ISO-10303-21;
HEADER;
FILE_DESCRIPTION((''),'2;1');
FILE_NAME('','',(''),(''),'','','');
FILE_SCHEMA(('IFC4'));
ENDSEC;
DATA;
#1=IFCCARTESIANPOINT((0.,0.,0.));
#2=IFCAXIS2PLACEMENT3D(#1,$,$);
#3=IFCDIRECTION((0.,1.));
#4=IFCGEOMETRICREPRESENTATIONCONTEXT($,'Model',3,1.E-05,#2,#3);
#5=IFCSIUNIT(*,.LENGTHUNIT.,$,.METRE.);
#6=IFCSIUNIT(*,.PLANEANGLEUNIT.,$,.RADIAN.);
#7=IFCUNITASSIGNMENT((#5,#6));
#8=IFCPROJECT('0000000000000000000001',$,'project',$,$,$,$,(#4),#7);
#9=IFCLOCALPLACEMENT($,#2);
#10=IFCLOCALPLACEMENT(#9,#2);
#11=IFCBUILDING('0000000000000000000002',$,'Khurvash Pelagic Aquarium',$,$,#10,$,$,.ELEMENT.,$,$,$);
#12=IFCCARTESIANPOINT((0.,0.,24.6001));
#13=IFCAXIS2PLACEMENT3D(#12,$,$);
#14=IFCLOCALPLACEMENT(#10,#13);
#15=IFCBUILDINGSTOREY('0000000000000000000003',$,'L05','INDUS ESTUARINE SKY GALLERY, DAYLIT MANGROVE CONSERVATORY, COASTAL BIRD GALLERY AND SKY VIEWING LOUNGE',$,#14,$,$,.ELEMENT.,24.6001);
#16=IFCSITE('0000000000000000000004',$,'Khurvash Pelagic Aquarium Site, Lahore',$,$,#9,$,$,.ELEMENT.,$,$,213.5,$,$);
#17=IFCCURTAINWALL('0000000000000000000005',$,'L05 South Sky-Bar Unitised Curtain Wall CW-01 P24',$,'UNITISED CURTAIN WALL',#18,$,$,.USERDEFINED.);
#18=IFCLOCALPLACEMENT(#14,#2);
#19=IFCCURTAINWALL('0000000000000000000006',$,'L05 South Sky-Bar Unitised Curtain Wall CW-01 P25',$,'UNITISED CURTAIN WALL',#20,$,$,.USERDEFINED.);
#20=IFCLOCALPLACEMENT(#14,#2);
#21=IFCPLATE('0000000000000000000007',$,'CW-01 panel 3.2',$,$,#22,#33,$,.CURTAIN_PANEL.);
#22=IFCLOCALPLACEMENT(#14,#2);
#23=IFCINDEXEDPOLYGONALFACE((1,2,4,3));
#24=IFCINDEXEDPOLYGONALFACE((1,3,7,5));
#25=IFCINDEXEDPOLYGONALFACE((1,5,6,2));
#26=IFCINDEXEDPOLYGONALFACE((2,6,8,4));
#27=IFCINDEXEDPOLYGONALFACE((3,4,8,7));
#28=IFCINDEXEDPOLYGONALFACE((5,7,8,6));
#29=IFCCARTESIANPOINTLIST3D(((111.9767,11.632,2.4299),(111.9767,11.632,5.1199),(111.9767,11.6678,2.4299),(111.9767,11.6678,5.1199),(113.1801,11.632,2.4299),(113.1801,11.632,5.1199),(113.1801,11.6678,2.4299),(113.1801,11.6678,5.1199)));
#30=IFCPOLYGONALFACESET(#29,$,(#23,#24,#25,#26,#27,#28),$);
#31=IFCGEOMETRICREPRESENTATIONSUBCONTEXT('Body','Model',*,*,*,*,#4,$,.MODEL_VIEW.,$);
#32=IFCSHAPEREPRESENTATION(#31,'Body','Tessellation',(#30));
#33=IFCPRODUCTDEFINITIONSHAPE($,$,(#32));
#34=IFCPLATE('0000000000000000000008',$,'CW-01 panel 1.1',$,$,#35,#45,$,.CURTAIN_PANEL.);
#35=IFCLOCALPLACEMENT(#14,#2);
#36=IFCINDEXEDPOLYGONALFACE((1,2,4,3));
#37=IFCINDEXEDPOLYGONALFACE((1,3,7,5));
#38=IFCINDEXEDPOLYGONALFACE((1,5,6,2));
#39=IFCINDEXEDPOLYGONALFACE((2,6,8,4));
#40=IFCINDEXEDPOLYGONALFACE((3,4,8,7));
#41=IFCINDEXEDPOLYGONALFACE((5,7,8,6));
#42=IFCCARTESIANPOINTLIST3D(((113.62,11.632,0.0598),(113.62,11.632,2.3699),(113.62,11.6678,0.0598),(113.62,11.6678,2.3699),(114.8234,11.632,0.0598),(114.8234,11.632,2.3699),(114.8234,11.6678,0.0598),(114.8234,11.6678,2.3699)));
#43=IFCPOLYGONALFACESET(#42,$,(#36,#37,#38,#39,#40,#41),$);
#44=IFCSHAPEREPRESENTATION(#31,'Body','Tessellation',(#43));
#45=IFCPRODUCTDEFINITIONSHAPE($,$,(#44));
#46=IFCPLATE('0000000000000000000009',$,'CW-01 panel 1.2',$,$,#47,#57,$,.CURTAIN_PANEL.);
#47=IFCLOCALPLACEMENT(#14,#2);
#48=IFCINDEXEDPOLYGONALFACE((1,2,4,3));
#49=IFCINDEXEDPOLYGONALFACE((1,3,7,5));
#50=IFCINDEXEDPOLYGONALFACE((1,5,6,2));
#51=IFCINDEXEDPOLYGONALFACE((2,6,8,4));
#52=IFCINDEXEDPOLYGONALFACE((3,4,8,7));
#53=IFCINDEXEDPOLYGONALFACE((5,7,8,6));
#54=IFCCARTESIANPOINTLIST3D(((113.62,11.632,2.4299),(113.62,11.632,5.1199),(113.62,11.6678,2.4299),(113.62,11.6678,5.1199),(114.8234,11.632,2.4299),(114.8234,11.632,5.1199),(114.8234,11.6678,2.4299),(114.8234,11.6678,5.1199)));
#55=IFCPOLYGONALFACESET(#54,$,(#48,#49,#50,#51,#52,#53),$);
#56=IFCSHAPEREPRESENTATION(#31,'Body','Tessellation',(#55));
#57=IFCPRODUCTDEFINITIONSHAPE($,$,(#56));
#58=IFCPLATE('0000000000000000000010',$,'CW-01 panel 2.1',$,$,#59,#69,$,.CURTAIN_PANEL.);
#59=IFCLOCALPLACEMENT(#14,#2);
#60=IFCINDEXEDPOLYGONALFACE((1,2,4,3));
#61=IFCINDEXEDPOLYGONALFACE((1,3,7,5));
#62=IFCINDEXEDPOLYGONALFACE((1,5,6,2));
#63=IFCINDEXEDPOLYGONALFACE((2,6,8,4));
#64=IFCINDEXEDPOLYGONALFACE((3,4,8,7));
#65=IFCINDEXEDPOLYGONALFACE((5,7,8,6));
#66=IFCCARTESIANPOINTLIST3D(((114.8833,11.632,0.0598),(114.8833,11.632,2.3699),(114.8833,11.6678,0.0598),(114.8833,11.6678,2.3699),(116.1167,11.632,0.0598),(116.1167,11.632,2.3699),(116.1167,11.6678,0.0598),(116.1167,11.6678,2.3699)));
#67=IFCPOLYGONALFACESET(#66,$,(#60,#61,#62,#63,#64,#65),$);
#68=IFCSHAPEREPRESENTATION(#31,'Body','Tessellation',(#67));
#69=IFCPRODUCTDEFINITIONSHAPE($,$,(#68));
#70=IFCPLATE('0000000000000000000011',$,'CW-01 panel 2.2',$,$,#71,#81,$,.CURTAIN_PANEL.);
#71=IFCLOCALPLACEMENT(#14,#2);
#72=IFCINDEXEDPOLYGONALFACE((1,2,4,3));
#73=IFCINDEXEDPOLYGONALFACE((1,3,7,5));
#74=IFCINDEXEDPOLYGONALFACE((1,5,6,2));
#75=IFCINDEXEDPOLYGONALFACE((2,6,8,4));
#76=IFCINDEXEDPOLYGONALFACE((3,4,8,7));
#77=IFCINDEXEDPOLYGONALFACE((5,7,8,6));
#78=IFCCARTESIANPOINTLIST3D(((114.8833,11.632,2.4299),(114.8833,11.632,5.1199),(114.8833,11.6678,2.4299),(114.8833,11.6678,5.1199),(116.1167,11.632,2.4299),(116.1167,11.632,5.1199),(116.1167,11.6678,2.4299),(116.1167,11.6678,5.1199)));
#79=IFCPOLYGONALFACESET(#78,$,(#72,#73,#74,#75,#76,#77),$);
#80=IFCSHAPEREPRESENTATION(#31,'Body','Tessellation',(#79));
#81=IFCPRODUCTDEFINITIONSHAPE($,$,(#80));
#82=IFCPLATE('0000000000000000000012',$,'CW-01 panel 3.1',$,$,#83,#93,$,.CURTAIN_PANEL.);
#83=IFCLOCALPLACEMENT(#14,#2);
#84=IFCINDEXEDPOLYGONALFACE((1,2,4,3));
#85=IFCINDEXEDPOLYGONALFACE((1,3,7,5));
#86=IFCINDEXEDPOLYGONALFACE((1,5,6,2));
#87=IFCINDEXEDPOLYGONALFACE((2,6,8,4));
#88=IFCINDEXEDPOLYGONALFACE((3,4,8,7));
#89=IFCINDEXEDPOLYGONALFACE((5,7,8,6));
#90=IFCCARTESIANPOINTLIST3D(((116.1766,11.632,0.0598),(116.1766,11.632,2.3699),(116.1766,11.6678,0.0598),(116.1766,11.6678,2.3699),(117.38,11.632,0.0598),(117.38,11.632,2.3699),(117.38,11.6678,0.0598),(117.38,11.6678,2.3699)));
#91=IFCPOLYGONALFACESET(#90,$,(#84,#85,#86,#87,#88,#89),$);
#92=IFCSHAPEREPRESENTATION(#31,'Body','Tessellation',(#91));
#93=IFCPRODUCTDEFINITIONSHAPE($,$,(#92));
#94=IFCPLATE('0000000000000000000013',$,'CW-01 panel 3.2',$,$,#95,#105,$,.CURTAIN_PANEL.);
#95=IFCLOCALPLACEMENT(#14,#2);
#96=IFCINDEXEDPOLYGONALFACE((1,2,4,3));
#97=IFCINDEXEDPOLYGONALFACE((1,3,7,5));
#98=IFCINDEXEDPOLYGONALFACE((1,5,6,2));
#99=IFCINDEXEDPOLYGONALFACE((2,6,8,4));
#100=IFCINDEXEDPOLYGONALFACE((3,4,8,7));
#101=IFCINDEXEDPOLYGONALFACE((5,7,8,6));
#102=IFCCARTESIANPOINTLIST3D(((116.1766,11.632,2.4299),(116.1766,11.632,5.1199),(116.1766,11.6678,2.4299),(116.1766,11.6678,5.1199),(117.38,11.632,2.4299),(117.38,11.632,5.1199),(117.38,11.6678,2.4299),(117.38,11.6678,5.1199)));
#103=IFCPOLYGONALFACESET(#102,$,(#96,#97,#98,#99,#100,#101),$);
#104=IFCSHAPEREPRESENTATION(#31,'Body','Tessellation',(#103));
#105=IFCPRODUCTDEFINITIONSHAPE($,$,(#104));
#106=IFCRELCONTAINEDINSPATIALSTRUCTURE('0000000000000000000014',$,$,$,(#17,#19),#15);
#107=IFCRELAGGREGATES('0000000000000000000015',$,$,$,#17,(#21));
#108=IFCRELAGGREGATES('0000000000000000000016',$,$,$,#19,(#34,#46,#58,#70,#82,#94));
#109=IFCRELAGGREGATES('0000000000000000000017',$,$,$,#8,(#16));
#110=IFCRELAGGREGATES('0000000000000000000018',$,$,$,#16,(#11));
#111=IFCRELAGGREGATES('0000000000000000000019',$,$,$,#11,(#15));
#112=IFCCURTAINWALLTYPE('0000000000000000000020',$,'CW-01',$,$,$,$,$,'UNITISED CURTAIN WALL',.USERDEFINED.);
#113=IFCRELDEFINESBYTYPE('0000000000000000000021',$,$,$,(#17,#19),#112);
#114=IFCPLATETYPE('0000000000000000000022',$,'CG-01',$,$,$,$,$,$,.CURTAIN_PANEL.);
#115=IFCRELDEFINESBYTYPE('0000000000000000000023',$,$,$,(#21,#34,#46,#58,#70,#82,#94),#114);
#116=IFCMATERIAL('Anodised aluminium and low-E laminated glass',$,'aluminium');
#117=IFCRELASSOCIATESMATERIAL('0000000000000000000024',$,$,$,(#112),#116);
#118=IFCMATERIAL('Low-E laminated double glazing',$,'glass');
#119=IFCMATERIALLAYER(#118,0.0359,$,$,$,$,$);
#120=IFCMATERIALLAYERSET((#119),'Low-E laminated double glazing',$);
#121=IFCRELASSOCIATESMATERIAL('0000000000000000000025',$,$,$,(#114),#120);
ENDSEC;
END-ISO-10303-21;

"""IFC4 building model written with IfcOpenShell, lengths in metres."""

from ifc_helpers import new_model, si_unit, direction, frame, origin, origin_2d, place, context, subcontext, project, spatial, rectangle, extrude, material, layer, layer_set, type_object, element, aggregate, save


model = new_model("IFC4")

# Units and contexts
model_context = context("Model", 3, precision=1e-05, world=origin(), true_north=direction((0.0, 1.0)))
body_context = subcontext(model_context, "Body", "Model", "MODEL_VIEW")
ifc_project = project(units=[si_unit("LENGTHUNIT", "METRE"), si_unit("PLANEANGLEUNIT", "RADIAN")], contexts=[model_context])

# Site, building, storey
site_placement = place(None, origin())
site = spatial("IfcSite", under=ifc_project, at=site_placement, Name="Khurvash Pelagic Aquarium Site, Lahore", CompositionType="ELEMENT", RefElevation=213.5)
building_placement = place(site_placement, origin())
building = spatial("IfcBuilding", under=site, at=building_placement, Name="Khurvash Pelagic Aquarium", CompositionType="ELEMENT")
storey_placement = place(building_placement, frame((0.0, 0.0, 24.6001)))
storey = spatial("IfcBuildingStorey", under=building, at=storey_placement, Name="L05", Description="INDUS ESTUARINE SKY GALLERY, DAYLIT MANGROVE CONSERVATORY, COASTAL BIRD GALLERY AND SKY VIEWING LOUNGE", CompositionType="ELEMENT", Elevation=24.6001)

# Curtain wall
ifc_material_1 = material(Name="Anodised aluminium and low-E laminated glass", Category="aluminium")
curtain_wall_type = type_object("IfcCurtainWallType", Name="CW-01", ElementType="UNITISED CURTAIN WALL", PredefinedType="USERDEFINED", material=ifc_material_1)
curtain_wall_1_placement = place(storey_placement, origin())
curtain_wall_1 = element("IfcCurtainWall", 1, at=curtain_wall_1_placement, inside=storey, type_object=curtain_wall_type, Name="L05 South Sky-Bar Unitised Curtain Wall CW-01 P24", ObjectType="UNITISED CURTAIN WALL", PredefinedType="USERDEFINED")

# Curtain wall
curtain_wall_2_placement = place(storey_placement, origin())
curtain_wall_2 = element("IfcCurtainWall", 2, at=curtain_wall_2_placement, inside=storey, type_object=curtain_wall_type, Name="L05 South Sky-Bar Unitised Curtain Wall CW-01 P25", ObjectType="UNITISED CURTAIN WALL", PredefinedType="USERDEFINED")

# Plates
ifc_material_2 = material(Name="Low-E laminated double glazing", Category="glass")
ifc_layer = layer(ifc_material_2, 0.0359)
ifc_layer_set = layer_set([ifc_layer], Name="Low-E laminated double glazing")
plate_type = type_object("IfcPlateType", Name="CG-01", PredefinedType="CURTAIN_PANEL", material=ifc_layer_set)
plate_1_placement = place(storey_placement, frame((112.5784, 11.6499, 2.4299), z_axis=(0.0, 0.0, 1.0), x_axis=(1.0, 0.0, 0.0)))
plate_1 = element("IfcPlate", 3, at=plate_1_placement, type_object=plate_type, Name="CW-01 panel 3.2", PredefinedType="CURTAIN_PANEL", context=body_context, shape_type="SweptSolid", body=[
    extrude(rectangle(XDim=1.2034, YDim=0.0359, at=origin_2d()), origin(), (0.0, 0.0, 1.0), 2.6899),
])
aggregate(curtain_wall_1, [plate_1])
plate_2_placement = place(storey_placement, frame((114.2217, 11.6499, 0.0598), z_axis=(0.0, 0.0, 1.0), x_axis=(1.0, 0.0, 0.0)))
plate_2 = element("IfcPlate", 4, at=plate_2_placement, type_object=plate_type, Name="CW-01 panel 1.1", PredefinedType="CURTAIN_PANEL", context=body_context, shape_type="SweptSolid", body=[
    extrude(rectangle(XDim=1.2034, YDim=0.0359, at=origin_2d()), origin(), (0.0, 0.0, 1.0), 2.3101),
])
plate_3_placement = place(storey_placement, frame((114.2217, 11.6499, 2.4299), z_axis=(0.0, 0.0, 1.0), x_axis=(1.0, 0.0, 0.0)))
plate_3 = element("IfcPlate", 5, at=plate_3_placement, type_object=plate_type, Name="CW-01 panel 1.2", PredefinedType="CURTAIN_PANEL", context=body_context, shape_type="SweptSolid", body=[
    extrude(rectangle(XDim=1.2034, YDim=0.0359, at=origin_2d()), origin(), (0.0, 0.0, 1.0), 2.6899),
])
plate_4_placement = place(storey_placement, frame((115.5, 11.6499, 0.0598), z_axis=(0.0, 0.0, 1.0), x_axis=(1.0, 0.0, 0.0)))
plate_4 = element("IfcPlate", 6, at=plate_4_placement, type_object=plate_type, Name="CW-01 panel 2.1", PredefinedType="CURTAIN_PANEL", context=body_context, shape_type="SweptSolid", body=[
    extrude(rectangle(XDim=1.2334, YDim=0.0359, at=origin_2d()), origin(), (0.0, 0.0, 1.0), 2.3101),
])
plate_5_placement = place(storey_placement, frame((115.5, 11.6499, 2.4299), z_axis=(0.0, 0.0, 1.0), x_axis=(1.0, 0.0, 0.0)))
plate_5 = element("IfcPlate", 7, at=plate_5_placement, type_object=plate_type, Name="CW-01 panel 2.2", PredefinedType="CURTAIN_PANEL", context=body_context, shape_type="SweptSolid", body=[
    extrude(rectangle(XDim=1.2334, YDim=0.0359, at=origin_2d()), origin(), (0.0, 0.0, 1.0), 2.6899),
])
plate_6_placement = place(storey_placement, frame((116.7783, 11.6499, 0.0598), z_axis=(0.0, 0.0, 1.0), x_axis=(1.0, 0.0, 0.0)))
plate_6 = element("IfcPlate", 8, at=plate_6_placement, type_object=plate_type, Name="CW-01 panel 3.1", PredefinedType="CURTAIN_PANEL", context=body_context, shape_type="SweptSolid", body=[
    extrude(rectangle(XDim=1.2034, YDim=0.0359, at=origin_2d()), origin(), (0.0, 0.0, 1.0), 2.3101),
])
plate_7_placement = place(storey_placement, frame((116.7783, 11.6499, 2.4299), z_axis=(0.0, 0.0, 1.0), x_axis=(1.0, 0.0, 0.0)))
plate_7 = element("IfcPlate", 9, at=plate_7_placement, type_object=plate_type, Name="CW-01 panel 3.2", PredefinedType="CURTAIN_PANEL", context=body_context, shape_type="SweptSolid", body=[
    extrude(rectangle(XDim=1.2034, YDim=0.0359, at=origin_2d()), origin(), (0.0, 0.0, 1.0), 2.6899),
])
aggregate(curtain_wall_2, [plate_2, plate_3, plate_4, plate_5, plate_6, plate_7])

save(model, "model.ifc")
